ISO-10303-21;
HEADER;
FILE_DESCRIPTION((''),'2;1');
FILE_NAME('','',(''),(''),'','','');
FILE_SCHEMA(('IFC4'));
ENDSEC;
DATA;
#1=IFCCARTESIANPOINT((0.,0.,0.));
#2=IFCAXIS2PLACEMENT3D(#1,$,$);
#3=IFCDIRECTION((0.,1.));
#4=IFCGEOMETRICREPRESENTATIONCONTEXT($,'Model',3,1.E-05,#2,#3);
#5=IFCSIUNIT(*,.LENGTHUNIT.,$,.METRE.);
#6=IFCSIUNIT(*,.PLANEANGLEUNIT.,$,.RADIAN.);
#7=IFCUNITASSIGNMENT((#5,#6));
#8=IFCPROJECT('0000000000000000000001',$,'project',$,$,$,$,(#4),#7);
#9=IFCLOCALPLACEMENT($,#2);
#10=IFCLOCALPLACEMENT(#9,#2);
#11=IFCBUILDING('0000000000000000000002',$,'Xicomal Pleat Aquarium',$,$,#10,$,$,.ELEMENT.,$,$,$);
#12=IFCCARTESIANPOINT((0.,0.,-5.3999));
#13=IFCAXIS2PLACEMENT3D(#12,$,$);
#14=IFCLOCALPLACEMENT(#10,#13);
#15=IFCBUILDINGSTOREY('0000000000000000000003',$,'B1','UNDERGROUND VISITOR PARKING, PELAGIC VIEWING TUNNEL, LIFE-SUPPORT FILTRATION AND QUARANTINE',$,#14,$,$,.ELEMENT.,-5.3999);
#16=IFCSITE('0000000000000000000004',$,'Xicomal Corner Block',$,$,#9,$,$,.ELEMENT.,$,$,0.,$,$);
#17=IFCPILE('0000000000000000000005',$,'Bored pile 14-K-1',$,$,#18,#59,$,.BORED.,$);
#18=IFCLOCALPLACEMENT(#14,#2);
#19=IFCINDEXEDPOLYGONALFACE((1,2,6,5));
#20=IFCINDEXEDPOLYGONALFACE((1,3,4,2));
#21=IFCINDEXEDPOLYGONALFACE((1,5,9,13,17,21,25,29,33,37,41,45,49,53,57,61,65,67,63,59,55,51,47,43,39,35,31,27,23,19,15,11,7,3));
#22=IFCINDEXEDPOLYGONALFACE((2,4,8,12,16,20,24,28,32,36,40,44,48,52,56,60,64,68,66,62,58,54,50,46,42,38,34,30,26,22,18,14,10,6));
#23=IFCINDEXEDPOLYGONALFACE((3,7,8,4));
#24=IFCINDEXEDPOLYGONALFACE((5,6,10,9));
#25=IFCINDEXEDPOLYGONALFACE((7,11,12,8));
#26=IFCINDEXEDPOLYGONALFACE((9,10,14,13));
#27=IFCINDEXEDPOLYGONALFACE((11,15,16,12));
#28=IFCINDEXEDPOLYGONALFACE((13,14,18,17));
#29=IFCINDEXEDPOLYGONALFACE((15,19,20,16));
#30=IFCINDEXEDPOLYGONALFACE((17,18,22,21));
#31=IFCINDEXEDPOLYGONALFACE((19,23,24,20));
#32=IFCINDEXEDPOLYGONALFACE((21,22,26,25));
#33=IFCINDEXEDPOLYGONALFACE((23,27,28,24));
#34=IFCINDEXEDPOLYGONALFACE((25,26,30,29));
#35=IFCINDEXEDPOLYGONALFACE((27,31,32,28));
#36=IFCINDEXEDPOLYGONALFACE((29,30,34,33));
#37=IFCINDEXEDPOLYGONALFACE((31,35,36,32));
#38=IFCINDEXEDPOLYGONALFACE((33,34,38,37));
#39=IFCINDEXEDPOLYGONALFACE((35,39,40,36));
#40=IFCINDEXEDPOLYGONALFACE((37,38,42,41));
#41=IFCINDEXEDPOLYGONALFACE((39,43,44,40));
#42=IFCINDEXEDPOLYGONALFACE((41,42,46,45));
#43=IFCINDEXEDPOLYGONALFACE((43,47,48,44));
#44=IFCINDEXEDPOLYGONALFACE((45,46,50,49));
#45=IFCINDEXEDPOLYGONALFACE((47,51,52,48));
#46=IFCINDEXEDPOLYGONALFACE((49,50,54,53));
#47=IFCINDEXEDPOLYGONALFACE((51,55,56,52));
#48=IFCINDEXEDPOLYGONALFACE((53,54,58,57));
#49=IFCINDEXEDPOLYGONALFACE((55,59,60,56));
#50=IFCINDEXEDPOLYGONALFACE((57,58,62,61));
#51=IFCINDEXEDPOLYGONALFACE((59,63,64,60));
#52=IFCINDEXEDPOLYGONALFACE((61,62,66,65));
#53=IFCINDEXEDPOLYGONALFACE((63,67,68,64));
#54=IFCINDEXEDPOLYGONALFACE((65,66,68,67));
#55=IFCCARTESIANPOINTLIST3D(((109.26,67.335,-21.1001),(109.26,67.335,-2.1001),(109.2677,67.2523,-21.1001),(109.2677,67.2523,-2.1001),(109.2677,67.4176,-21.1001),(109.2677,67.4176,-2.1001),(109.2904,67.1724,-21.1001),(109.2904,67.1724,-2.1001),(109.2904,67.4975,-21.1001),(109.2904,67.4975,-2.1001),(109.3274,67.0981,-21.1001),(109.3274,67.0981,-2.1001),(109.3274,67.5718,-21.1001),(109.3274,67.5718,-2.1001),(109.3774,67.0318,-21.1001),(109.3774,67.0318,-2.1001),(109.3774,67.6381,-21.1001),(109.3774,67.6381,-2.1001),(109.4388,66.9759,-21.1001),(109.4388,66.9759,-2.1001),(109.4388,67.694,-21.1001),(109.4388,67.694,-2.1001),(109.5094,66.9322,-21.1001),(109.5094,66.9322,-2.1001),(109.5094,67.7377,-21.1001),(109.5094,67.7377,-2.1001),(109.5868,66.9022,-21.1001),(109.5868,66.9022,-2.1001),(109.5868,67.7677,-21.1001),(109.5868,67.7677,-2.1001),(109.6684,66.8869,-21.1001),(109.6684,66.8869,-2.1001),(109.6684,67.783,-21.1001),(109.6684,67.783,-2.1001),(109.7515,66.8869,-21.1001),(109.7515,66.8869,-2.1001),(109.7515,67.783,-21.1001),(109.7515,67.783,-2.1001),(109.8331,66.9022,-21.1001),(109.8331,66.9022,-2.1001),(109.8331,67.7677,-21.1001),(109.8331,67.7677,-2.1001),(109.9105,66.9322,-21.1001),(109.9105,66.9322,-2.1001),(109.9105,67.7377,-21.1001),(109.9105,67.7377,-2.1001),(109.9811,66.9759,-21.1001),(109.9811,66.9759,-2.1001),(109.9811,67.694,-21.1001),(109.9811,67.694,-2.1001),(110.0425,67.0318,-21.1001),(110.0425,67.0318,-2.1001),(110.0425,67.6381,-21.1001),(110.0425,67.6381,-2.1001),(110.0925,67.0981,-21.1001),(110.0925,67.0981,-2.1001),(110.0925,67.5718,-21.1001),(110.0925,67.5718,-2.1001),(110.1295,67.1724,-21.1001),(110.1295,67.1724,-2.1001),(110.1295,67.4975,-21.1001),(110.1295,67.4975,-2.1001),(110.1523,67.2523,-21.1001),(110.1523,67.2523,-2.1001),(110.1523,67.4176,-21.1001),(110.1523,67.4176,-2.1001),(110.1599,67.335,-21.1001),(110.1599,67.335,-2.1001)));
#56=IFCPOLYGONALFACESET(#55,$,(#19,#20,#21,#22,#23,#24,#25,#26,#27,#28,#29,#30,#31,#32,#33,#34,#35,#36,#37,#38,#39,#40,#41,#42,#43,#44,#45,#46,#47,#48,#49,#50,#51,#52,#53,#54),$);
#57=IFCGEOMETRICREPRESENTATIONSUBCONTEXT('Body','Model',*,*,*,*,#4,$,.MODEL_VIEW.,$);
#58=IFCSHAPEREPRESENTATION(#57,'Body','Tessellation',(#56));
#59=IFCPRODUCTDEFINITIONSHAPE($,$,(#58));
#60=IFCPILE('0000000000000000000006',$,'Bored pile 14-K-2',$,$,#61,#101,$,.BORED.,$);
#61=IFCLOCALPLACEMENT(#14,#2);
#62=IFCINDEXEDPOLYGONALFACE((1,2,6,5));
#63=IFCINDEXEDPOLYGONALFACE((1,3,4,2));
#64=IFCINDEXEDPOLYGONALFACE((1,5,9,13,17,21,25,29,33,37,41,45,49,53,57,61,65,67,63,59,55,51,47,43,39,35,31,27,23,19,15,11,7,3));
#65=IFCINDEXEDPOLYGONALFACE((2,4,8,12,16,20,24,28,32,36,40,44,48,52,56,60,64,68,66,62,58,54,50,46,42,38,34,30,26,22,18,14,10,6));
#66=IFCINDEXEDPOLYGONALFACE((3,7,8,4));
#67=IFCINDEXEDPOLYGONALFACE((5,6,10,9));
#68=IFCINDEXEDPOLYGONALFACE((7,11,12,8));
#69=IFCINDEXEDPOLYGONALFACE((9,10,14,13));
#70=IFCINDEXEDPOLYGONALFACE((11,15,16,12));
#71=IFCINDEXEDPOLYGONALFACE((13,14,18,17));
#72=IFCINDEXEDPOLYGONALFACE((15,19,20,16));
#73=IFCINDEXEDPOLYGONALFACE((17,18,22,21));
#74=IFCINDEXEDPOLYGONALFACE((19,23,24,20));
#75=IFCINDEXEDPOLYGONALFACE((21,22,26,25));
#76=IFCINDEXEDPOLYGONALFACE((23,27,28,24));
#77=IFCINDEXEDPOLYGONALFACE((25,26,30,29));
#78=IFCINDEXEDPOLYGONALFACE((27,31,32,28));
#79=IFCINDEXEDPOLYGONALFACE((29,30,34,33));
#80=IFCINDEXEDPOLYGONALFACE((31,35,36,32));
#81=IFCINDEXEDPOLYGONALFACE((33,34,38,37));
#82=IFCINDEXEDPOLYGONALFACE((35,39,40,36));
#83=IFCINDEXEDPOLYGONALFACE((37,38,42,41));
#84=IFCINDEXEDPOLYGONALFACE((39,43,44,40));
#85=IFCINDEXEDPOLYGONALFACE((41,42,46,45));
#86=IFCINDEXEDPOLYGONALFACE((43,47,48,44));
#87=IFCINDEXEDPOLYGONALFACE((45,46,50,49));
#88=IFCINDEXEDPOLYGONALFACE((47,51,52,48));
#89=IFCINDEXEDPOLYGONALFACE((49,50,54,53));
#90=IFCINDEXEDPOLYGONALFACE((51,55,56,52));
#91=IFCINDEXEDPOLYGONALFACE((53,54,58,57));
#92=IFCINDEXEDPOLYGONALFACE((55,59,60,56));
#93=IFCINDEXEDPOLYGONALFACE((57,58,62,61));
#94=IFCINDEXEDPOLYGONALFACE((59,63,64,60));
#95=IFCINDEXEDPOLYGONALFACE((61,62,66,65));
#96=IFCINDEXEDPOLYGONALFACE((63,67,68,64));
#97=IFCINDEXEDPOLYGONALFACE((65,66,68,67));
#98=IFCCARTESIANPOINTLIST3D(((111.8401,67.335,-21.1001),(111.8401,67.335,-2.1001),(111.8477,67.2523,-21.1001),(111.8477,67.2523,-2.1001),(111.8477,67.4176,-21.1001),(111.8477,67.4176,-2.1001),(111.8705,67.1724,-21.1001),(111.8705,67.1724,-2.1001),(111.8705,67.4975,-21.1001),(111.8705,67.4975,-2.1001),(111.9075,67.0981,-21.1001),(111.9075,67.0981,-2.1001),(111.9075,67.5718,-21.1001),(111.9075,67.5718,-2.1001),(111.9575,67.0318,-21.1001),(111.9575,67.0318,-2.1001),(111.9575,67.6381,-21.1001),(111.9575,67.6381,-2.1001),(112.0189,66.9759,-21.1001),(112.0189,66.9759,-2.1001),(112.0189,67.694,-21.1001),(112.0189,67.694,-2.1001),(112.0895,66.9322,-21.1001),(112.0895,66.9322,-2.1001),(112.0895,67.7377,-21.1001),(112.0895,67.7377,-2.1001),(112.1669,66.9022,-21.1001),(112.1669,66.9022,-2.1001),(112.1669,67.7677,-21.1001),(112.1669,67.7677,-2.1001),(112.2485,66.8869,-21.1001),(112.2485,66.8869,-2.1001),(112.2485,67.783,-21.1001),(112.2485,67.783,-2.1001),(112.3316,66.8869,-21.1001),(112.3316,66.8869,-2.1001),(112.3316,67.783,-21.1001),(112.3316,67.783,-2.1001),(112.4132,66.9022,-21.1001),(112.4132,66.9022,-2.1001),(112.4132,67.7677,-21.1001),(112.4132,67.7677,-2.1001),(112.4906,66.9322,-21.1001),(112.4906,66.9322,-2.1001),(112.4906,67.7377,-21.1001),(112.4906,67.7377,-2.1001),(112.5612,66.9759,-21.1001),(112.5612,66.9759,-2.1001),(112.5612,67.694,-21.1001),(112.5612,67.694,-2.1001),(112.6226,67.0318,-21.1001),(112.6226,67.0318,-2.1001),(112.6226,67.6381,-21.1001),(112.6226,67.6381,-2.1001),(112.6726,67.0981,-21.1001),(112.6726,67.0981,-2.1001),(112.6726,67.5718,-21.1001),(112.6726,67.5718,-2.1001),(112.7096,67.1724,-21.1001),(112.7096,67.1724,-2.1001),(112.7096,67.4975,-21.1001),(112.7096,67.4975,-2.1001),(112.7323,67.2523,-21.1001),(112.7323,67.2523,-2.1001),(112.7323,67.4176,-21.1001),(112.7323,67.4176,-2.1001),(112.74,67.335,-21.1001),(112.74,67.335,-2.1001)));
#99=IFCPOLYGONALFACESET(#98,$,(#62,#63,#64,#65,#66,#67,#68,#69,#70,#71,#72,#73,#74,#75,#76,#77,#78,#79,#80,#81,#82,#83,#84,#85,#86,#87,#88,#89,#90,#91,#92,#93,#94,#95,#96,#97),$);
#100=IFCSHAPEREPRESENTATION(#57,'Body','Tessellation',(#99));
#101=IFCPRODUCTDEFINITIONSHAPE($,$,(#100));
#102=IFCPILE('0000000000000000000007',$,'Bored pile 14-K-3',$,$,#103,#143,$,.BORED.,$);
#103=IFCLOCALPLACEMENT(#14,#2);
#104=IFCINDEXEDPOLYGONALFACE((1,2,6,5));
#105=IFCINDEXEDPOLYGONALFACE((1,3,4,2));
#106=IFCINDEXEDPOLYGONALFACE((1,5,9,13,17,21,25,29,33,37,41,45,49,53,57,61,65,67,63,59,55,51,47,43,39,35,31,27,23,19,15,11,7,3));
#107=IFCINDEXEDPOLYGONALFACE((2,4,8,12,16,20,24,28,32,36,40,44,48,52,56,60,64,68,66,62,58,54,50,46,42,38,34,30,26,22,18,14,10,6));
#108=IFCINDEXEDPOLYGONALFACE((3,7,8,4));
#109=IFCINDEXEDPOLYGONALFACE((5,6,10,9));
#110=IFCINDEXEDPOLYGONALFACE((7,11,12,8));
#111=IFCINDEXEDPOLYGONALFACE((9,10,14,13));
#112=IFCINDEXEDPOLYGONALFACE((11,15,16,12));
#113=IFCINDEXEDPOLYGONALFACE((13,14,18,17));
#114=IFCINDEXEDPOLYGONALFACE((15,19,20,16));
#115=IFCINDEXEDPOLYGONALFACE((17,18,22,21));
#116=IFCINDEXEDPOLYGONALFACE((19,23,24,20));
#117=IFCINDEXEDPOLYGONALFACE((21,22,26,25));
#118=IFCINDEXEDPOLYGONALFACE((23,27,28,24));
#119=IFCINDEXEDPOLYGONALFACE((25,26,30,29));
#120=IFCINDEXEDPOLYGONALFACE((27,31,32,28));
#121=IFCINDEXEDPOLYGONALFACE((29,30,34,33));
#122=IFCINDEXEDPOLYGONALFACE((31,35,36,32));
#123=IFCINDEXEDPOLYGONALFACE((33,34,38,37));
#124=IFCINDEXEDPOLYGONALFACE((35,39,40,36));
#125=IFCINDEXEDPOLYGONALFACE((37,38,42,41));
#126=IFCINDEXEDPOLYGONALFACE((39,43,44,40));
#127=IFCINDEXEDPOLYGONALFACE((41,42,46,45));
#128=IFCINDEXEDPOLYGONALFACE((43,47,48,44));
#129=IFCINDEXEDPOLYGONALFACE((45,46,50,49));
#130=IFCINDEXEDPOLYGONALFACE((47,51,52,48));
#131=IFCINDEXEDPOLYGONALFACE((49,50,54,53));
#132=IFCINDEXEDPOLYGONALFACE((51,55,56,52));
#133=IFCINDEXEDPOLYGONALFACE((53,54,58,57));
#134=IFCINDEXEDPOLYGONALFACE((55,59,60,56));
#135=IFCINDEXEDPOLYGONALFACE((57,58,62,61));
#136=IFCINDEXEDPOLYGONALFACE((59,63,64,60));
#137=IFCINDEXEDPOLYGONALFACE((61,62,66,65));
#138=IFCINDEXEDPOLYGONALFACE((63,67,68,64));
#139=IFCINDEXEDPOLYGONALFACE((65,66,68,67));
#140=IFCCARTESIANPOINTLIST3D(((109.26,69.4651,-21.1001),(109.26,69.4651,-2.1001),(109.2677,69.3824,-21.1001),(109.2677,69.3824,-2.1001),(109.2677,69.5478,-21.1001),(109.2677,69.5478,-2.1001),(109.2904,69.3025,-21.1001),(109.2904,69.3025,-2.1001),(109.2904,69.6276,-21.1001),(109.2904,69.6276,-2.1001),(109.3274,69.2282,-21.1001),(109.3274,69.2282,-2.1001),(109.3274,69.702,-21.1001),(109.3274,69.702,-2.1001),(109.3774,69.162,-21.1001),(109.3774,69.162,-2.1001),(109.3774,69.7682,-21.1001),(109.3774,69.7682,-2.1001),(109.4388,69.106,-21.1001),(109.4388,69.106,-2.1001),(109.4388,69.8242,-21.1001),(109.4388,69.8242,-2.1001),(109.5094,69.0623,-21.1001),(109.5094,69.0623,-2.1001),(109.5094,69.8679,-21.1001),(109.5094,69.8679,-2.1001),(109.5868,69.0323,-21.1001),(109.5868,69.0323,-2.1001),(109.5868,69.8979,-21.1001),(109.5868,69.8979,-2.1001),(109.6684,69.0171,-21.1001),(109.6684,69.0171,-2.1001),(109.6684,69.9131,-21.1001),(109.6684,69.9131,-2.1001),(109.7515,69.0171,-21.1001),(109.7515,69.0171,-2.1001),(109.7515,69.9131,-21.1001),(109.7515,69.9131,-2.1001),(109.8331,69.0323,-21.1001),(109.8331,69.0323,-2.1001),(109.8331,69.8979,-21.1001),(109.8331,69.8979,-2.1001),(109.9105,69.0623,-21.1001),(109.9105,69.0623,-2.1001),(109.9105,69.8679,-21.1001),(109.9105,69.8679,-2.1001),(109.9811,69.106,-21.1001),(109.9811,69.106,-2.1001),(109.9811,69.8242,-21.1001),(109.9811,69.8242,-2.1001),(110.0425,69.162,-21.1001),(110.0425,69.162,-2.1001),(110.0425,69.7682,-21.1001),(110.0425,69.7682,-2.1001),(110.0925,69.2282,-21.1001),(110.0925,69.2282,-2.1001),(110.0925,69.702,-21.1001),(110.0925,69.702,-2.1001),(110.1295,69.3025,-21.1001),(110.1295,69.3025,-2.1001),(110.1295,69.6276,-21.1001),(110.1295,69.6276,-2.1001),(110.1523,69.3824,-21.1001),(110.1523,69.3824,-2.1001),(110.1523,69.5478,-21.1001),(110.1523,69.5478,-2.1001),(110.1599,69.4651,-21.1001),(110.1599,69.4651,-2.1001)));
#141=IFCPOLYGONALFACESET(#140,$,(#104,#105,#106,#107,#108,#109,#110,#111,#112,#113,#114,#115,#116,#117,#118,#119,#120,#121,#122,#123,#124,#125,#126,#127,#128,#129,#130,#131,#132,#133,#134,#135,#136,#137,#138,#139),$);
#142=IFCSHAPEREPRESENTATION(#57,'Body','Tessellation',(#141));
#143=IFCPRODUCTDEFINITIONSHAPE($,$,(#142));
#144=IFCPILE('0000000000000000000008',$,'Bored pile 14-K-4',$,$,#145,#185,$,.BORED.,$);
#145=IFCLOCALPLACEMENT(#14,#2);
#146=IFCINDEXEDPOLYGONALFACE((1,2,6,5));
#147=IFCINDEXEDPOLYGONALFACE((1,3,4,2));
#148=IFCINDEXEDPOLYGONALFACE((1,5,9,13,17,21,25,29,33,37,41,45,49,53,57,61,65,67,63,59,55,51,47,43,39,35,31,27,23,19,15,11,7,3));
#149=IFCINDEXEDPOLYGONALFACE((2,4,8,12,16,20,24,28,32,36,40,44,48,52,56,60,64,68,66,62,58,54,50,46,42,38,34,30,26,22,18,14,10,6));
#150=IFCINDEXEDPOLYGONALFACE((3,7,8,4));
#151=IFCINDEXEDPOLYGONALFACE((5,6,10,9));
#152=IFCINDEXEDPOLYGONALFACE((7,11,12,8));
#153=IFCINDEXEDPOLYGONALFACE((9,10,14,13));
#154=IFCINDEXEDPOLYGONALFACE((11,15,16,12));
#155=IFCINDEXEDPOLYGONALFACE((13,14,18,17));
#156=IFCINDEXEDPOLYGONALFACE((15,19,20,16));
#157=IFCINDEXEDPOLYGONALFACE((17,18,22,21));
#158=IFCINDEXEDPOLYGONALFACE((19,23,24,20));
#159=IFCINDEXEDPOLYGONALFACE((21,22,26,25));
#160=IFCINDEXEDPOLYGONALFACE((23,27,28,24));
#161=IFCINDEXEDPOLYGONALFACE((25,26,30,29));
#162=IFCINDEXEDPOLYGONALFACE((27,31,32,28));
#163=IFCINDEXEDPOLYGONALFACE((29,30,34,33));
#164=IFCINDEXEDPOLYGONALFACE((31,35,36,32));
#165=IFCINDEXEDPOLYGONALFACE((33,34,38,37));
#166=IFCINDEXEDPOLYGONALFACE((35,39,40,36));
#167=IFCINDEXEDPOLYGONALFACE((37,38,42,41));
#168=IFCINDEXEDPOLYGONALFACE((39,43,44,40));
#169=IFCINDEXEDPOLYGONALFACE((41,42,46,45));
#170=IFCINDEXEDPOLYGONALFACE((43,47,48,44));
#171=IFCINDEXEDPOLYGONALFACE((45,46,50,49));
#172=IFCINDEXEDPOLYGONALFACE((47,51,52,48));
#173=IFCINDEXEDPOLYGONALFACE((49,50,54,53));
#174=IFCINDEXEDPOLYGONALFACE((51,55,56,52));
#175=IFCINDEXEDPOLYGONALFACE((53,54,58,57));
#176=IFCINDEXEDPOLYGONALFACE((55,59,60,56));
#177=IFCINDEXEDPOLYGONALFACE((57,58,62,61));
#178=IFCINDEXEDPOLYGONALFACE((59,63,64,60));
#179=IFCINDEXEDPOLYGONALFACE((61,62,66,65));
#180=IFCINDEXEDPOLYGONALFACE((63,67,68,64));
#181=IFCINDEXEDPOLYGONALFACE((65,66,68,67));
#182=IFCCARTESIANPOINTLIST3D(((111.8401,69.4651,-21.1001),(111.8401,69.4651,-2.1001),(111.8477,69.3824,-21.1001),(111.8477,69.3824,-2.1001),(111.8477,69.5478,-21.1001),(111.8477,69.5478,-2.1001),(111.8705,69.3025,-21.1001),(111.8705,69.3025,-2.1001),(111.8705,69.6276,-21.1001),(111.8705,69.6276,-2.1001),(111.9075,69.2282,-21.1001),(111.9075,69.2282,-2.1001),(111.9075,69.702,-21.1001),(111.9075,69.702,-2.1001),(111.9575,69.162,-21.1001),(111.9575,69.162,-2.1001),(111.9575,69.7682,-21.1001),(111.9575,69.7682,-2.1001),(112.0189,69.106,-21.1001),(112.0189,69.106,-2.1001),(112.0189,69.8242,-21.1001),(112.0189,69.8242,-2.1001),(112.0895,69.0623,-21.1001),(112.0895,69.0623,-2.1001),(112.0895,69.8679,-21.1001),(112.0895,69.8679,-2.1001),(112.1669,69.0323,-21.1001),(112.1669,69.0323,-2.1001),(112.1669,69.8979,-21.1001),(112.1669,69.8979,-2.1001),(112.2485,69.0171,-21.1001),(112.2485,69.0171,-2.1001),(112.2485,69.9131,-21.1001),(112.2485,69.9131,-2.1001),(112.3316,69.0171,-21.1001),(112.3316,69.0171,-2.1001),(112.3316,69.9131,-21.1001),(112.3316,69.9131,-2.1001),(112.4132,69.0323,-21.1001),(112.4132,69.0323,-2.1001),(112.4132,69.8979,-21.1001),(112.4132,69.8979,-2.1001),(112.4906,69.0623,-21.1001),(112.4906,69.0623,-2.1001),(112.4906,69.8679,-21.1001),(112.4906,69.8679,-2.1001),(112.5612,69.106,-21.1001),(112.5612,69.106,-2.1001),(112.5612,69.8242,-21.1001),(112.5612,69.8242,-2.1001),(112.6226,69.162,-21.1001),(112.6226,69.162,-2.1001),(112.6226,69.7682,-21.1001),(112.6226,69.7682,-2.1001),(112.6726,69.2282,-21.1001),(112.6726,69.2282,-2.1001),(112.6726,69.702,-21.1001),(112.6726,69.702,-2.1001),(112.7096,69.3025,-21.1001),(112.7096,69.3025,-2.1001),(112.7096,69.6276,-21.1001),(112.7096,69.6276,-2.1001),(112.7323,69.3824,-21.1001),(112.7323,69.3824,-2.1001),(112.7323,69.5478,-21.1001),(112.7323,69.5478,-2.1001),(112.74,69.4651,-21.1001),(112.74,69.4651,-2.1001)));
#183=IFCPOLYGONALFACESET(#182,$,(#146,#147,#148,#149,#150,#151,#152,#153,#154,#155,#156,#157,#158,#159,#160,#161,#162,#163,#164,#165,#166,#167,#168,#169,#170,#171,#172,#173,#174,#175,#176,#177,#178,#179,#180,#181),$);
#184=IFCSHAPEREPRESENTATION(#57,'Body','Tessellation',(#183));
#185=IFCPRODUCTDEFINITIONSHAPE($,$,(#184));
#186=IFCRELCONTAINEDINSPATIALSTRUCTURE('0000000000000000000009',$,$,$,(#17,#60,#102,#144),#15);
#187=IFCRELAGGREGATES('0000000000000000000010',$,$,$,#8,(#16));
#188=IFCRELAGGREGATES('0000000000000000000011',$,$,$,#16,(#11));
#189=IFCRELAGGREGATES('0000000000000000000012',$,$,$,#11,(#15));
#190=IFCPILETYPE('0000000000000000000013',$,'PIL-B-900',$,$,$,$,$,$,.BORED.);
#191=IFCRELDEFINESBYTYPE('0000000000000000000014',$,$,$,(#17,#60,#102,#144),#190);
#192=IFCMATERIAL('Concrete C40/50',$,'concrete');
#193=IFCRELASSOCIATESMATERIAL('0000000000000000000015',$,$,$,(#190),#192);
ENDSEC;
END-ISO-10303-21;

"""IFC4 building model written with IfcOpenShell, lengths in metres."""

from ifc_helpers import new_model, si_unit, direction, frame, origin, origin_2d, place, context, subcontext, project, spatial, circle, extrude, material, material_profile, profile_set, type_object, element, save


model = new_model("IFC4")

# Units and contexts
model_context = context("Model", 3, precision=1e-05, world=origin(), true_north=direction((0.0, 1.0)))
body_context = subcontext(model_context, "Body", "Model", "MODEL_VIEW")
ifc_project = project(units=[si_unit("LENGTHUNIT", "METRE"), si_unit("PLANEANGLEUNIT", "RADIAN")], contexts=[model_context])

# Site, building, storey
site_placement = place(None, origin())
site = spatial("IfcSite", under=ifc_project, at=site_placement, Name="Xicomal Corner Block", CompositionType="ELEMENT", RefElevation=0.0)
building_placement = place(site_placement, origin())
building = spatial("IfcBuilding", under=site, at=building_placement, Name="Xicomal Pleat Aquarium", CompositionType="ELEMENT")
storey_placement = place(building_placement, frame((0.0, 0.0, -5.3999)))
storey = spatial("IfcBuildingStorey", under=building, at=storey_placement, Name="B1", Description="UNDERGROUND VISITOR PARKING, PELAGIC VIEWING TUNNEL, LIFE-SUPPORT FILTRATION AND QUARANTINE", CompositionType="ELEMENT", Elevation=-5.3999)

# Piles
ifc_material_1 = material(Name="Concrete C40/50", Category="concrete")
ifc_material_profile_1 = material_profile(ifc_material_1, circle(Radius=0.45, at=origin_2d()), Name="BORED PILE D900")
ifc_profile_set_1 = profile_set([ifc_material_profile_1], Name="Concrete C40/50")
pile_type_1 = type_object("IfcPileType", Name="PIL-B-900", PredefinedType="BORED", material=ifc_profile_set_1)
for number, where, z_axis, x_axis, name in (
    (1, (109.71, 67.335, -2.1001), (0.0, 0.0, -1.0), (1.0, 0.0, 0.0), "Bored pile 14-K-1"),
    (2, (112.29, 67.335, -2.1001), (0.0, 0.0, -1.0), (1.0, 0.0, 0.0), "Bored pile 14-K-2"),
    (3, (109.71, 69.4651, -2.1001), (0.0, 0.0, -1.0), (1.0, 0.0, 0.0), "Bored pile 14-K-3"),
    (4, (112.29, 69.4651, -2.1001), (0.0, 0.0, -1.0), (1.0, 0.0, 0.0), "Bored pile 14-K-4"),
):
    element("IfcPile", number, at=place(storey_placement, frame(where, z_axis=z_axis, x_axis=x_axis)), inside=storey, type_object=pile_type_1, Name=name, PredefinedType="BORED", context=body_context, shape_type="SweptSolid", body=[
        extrude(circle(Radius=0.45, at=origin_2d()), origin(), (0.0, 0.0, 1.0), 19.0),
    ])

save(model, "model.ifc")
